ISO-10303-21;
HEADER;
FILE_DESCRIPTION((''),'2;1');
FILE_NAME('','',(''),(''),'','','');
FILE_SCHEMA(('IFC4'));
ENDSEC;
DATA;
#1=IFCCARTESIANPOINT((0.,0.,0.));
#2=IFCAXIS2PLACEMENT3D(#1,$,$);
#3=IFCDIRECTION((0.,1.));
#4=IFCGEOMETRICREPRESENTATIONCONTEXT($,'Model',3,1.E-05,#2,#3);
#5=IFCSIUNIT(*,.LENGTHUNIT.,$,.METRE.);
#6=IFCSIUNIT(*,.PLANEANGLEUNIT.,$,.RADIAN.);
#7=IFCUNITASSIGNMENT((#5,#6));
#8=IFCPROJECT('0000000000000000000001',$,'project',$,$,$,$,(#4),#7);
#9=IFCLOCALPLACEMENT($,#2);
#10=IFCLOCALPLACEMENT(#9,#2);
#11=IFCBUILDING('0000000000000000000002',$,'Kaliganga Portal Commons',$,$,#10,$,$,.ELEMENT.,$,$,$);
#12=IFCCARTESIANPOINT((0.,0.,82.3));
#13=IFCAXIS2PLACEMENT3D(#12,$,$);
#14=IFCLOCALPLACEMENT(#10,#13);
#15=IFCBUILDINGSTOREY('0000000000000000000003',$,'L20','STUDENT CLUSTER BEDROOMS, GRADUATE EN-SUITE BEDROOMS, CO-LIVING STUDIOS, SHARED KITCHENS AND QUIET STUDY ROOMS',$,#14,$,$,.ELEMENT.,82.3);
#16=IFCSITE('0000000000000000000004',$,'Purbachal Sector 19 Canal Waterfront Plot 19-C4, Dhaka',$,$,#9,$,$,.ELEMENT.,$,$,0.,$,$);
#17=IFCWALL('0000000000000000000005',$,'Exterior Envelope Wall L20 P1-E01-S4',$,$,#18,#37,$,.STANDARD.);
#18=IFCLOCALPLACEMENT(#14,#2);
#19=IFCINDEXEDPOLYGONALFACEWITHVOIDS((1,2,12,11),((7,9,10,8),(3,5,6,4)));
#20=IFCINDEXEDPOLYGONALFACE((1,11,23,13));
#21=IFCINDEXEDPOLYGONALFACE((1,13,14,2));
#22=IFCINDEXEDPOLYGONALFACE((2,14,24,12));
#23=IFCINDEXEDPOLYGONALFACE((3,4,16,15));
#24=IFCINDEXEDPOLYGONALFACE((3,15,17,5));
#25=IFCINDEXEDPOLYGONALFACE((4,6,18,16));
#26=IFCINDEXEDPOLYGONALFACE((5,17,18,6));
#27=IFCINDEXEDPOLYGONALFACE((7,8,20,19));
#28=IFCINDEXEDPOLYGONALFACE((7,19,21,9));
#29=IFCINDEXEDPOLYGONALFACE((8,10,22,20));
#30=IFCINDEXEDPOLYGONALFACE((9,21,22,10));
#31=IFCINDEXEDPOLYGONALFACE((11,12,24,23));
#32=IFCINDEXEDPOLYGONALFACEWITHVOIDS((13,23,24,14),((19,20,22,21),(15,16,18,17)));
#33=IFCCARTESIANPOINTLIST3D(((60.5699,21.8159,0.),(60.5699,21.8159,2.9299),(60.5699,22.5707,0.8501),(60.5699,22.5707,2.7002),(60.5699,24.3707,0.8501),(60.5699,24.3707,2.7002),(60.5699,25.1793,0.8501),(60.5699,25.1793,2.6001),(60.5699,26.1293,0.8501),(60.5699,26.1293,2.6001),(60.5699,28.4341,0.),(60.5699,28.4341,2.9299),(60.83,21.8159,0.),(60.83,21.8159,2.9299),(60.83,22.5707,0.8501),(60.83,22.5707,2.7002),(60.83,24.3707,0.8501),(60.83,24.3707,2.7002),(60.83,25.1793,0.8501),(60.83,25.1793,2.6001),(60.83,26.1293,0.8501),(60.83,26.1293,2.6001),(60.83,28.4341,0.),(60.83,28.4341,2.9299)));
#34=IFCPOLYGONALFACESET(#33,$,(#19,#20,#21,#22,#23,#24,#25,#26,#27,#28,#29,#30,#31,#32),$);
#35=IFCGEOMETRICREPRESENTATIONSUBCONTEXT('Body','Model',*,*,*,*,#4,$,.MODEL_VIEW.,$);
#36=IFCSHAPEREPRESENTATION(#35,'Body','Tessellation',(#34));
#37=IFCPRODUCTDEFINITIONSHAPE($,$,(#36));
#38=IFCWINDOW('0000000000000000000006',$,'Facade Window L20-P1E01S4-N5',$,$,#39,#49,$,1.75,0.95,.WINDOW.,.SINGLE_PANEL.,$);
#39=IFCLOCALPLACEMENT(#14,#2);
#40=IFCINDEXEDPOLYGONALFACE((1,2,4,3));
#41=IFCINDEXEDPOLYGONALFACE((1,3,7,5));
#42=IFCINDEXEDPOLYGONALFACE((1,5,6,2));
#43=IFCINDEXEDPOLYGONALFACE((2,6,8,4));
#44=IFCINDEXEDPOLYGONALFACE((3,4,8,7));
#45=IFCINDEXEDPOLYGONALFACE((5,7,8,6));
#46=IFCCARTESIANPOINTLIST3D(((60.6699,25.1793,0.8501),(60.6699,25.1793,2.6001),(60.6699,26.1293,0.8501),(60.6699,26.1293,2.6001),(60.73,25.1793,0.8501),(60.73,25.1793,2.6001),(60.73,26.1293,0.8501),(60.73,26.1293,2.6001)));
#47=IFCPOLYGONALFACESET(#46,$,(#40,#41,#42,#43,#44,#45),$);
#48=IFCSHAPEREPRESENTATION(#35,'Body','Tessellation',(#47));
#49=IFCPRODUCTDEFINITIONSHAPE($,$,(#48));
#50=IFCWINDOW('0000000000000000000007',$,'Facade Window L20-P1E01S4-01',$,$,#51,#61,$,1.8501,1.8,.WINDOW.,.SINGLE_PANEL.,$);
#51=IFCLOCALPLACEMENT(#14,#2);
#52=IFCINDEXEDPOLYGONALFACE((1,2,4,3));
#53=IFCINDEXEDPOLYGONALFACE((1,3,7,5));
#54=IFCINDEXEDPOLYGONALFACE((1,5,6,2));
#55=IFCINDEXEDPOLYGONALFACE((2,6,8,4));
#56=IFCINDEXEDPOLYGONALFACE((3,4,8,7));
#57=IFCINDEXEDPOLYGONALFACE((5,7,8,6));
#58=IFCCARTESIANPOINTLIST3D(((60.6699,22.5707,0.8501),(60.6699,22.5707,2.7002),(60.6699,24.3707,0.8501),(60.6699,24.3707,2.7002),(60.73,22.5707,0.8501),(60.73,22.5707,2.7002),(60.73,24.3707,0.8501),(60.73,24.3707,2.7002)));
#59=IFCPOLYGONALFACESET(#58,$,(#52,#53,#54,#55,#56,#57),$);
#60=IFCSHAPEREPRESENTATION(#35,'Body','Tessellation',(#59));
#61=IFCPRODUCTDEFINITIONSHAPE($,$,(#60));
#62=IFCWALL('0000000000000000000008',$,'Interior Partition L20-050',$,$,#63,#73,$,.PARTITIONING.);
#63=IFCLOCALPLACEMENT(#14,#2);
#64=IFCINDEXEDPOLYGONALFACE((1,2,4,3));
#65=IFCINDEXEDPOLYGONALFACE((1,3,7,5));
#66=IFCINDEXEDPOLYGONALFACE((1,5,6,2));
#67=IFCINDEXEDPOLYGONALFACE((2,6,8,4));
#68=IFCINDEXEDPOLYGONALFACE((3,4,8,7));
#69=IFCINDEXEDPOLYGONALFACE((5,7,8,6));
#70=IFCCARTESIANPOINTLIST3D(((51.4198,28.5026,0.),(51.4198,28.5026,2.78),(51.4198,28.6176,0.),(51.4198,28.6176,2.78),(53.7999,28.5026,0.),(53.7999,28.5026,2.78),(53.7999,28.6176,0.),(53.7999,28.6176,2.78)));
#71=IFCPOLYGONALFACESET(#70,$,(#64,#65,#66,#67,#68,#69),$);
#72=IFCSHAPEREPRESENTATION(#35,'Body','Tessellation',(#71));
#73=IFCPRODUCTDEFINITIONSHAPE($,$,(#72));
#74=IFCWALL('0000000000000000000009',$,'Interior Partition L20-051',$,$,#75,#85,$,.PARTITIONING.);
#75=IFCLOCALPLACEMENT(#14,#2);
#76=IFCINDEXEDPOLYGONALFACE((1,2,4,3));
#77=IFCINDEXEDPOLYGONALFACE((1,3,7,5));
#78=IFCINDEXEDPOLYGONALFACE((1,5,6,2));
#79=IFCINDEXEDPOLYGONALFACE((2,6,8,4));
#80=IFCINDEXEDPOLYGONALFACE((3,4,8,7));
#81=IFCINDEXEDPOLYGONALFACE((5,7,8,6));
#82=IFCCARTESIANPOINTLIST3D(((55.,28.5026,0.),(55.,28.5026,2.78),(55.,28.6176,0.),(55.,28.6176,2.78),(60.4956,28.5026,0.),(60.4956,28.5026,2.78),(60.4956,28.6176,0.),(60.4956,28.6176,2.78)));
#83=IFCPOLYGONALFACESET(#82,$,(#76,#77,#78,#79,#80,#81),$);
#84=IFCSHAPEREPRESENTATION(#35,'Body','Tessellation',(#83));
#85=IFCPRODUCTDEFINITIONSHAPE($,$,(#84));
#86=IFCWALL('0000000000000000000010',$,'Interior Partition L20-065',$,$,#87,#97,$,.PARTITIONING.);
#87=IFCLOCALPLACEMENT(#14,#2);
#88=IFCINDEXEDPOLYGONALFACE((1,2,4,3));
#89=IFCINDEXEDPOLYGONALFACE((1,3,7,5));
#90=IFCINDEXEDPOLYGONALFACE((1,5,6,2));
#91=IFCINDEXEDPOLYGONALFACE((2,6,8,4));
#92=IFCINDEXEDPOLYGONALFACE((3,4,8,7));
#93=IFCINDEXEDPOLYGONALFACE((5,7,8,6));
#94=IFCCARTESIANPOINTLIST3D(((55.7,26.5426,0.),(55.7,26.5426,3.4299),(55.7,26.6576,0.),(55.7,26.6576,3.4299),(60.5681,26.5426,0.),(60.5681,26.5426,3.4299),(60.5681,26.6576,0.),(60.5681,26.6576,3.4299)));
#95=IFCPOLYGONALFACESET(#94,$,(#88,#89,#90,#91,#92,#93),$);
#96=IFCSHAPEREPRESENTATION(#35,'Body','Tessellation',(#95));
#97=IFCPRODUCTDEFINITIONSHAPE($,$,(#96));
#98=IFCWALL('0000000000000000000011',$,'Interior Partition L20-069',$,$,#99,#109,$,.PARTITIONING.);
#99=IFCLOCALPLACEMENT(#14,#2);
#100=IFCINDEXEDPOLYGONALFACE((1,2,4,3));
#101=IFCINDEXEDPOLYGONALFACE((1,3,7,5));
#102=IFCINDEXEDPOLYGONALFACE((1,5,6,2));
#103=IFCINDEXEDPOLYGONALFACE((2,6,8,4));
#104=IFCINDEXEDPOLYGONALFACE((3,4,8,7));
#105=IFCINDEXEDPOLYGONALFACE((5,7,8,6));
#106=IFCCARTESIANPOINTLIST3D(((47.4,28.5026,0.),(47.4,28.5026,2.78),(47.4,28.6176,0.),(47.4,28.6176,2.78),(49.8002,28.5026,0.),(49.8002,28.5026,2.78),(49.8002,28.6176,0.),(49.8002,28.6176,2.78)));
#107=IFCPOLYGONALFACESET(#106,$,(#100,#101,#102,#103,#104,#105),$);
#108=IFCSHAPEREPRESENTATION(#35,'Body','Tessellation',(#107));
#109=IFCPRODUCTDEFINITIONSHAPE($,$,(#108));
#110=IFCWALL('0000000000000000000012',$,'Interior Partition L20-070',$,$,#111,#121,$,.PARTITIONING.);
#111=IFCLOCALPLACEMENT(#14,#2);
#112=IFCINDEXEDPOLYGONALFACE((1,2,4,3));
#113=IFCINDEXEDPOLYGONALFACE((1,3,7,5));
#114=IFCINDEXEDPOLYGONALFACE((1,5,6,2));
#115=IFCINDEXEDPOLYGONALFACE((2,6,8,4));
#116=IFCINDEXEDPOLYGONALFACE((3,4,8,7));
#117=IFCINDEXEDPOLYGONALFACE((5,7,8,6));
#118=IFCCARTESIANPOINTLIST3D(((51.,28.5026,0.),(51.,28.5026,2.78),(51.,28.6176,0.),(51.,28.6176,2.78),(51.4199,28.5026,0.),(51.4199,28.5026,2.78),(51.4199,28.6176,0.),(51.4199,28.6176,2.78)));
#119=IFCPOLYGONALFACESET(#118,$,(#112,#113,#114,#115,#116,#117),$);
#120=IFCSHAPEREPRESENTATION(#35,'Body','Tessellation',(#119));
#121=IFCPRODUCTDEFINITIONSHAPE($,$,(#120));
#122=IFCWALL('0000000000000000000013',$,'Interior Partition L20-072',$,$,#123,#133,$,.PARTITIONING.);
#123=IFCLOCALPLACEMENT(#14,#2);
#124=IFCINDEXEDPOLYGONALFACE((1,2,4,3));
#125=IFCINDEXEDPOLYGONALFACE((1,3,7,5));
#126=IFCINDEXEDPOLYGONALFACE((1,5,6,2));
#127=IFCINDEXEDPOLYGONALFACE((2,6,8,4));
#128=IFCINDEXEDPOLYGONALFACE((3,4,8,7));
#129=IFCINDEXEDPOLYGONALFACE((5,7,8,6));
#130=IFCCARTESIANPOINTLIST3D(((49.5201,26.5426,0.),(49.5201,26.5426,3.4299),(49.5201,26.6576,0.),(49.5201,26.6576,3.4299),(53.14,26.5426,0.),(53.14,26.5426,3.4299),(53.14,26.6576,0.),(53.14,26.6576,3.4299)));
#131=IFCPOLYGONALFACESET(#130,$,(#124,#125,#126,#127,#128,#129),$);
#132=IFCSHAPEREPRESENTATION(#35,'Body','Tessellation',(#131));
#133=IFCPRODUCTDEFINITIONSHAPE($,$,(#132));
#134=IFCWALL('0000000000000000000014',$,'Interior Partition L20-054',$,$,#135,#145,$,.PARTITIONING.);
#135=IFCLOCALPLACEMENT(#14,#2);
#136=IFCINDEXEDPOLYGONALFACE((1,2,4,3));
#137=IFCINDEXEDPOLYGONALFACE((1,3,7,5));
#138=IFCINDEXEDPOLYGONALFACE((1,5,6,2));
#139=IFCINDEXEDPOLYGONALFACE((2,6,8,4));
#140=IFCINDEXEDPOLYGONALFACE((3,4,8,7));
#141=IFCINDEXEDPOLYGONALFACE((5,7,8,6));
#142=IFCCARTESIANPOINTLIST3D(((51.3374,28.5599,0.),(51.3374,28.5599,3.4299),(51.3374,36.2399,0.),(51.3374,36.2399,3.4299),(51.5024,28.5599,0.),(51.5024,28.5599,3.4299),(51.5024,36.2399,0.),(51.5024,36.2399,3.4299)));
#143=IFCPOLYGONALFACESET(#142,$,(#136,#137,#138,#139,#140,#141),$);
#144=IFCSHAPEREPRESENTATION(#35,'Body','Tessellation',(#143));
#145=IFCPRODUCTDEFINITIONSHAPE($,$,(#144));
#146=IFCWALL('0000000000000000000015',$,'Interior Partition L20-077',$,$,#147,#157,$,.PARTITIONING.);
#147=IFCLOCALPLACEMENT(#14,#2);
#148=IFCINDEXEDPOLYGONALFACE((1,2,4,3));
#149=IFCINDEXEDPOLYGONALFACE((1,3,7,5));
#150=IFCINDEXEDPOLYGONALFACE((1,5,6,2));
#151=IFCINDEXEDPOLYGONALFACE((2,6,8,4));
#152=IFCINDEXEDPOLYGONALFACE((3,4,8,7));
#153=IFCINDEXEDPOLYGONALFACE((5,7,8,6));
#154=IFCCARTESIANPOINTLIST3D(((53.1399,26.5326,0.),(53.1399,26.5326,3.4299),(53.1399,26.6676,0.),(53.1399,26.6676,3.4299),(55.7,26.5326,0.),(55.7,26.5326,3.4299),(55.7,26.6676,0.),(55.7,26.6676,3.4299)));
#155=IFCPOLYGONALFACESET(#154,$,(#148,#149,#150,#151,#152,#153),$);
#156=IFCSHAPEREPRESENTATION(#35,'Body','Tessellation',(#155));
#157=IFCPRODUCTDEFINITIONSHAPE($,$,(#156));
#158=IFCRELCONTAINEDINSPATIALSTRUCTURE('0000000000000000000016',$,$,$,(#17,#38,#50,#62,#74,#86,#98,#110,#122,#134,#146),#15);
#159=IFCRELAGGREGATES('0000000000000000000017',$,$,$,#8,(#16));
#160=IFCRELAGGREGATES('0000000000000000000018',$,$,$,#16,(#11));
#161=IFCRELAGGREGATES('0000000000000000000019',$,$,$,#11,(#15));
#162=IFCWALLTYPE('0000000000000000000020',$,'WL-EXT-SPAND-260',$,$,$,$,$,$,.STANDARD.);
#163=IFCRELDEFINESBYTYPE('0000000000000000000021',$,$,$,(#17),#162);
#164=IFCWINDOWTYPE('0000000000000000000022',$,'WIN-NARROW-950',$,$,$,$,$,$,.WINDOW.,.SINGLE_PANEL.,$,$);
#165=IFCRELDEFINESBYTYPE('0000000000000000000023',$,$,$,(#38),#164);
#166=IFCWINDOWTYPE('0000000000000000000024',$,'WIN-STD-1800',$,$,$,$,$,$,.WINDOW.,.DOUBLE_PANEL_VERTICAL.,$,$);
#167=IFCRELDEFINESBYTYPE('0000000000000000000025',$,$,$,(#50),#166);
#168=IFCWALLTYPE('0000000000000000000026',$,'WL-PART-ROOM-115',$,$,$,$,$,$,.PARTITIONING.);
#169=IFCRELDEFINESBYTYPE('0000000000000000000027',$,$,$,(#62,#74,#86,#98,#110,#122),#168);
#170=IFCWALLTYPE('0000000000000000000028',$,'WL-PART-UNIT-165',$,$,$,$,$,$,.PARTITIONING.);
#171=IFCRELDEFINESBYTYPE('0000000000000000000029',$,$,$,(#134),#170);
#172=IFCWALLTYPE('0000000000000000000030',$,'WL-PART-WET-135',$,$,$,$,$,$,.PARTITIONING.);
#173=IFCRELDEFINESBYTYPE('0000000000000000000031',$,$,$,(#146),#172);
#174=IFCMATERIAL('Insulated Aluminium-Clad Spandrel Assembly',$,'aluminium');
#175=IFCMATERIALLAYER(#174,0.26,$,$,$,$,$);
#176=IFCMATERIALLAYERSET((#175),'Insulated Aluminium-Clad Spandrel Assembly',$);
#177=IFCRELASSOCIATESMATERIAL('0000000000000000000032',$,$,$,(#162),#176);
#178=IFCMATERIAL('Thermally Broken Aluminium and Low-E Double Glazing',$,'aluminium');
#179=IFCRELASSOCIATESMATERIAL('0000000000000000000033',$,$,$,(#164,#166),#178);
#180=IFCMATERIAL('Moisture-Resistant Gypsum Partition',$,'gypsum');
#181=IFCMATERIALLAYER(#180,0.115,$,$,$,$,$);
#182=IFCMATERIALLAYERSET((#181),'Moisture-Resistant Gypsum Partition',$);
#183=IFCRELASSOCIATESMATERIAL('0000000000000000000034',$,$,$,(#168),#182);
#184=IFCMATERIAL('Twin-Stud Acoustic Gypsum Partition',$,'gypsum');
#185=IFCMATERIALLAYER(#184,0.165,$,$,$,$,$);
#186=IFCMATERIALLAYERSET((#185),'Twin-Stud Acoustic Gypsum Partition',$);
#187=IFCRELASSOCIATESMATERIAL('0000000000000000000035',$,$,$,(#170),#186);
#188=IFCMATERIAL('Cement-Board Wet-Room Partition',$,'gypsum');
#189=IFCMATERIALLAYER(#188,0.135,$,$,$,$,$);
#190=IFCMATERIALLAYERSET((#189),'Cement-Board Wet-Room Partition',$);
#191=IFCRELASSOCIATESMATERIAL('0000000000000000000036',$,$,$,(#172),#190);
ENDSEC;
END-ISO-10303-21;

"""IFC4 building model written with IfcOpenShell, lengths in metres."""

from ifc_helpers import new_model, si_unit, direction, frame, frame_2d, origin, place, context, subcontext, project, spatial, rectangle, extrude, material, layer, layer_set, type_object, element, fill, save


model = new_model("IFC4")

# Units and contexts
model_context = context("Model", 3, precision=1e-05, world=origin(), true_north=direction((0.0, 1.0)))
body_context = subcontext(model_context, "Body", "Model", "MODEL_VIEW")
ifc_project = project(units=[si_unit("LENGTHUNIT", "METRE"), si_unit("PLANEANGLEUNIT", "RADIAN")], contexts=[model_context])

# Site, building, storey
site_placement = place(None, origin())
site = spatial("IfcSite", under=ifc_project, at=site_placement, Name="Purbachal Sector 19 Canal Waterfront Plot 19-C4, Dhaka", CompositionType="ELEMENT", RefElevation=0.0)
building_placement = place(site_placement, origin())
building = spatial("IfcBuilding", under=site, at=building_placement, Name="Kaliganga Portal Commons", CompositionType="ELEMENT")
storey_placement = place(building_placement, frame((0.0, 0.0, 82.3)))
storey = spatial("IfcBuildingStorey", under=building, at=storey_placement, Name="L20", Description="STUDENT CLUSTER BEDROOMS, GRADUATE EN-SUITE BEDROOMS, CO-LIVING STUDIOS, SHARED KITCHENS AND QUIET STUDY ROOMS", CompositionType="ELEMENT", Elevation=82.3)

# Wall, openings, windows
ifc_material_1 = material(Name="Insulated Aluminium-Clad Spandrel Assembly", Category="aluminium")
ifc_layer_1 = layer(ifc_material_1, 0.26)
ifc_layer_set_1 = layer_set([ifc_layer_1], Name="Insulated Aluminium-Clad Spandrel Assembly")
wall_type_1 = type_object("IfcWallType", Name="WL-EXT-SPAND-260", PredefinedType="STANDARD", material=ifc_layer_set_1)
wall_1_placement = place(storey_placement, frame((60.7, 28.4341, 0.0), z_axis=(0.0, 0.0, 1.0), x_axis=(0.0, -1.0, 0.0)))
wall_1 = element("IfcWall", 1, at=wall_1_placement, inside=storey, type_object=wall_type_1, Name="Exterior Envelope Wall L20 P1-E01-S4", PredefinedType="STANDARD", context=body_context, shape_type="SweptSolid", body=[
    extrude(rectangle(XDim=6.6182, YDim=0.26, at=frame_2d((3.3091, 0.0))), origin(), (0.0, 0.0, 1.0), 2.9299),
])
opening_1_placement = place(wall_1_placement, frame((4.0635, 0.0, 0.8501)))
opening_1 = element("IfcOpeningElement", 2, at=opening_1_placement, cuts=wall_1, PredefinedType="OPENING", context=body_context, shape_type="SweptSolid", body=[
    extrude(rectangle(XDim=1.8, YDim=1.8501, at=frame_2d((0.8999, 0.925))), frame((0.0, 0.1401, 0.0), z_axis=(0.0, -1.0, 0.0), x_axis=(1.0, 0.0, 0.0)), (0.0, 0.0, 1.0), 0.28),
])
opening_2_placement = place(wall_1_placement, frame((2.3047, 0.0, 0.8501)))
opening_2 = element("IfcOpeningElement", 3, at=opening_2_placement, cuts=wall_1, PredefinedType="OPENING", context=body_context, shape_type="SweptSolid", body=[
    extrude(rectangle(XDim=0.95, YDim=1.75, at=frame_2d((0.4751, 0.875))), frame((0.0, 0.1401, 0.0), z_axis=(0.0, -1.0, 0.0), x_axis=(1.0, 0.0, 0.0)), (0.0, 0.0, 1.0), 0.28),
])
ifc_material_2 = material(Name="Thermally Broken Aluminium and Low-E Double Glazing", Category="aluminium")
window_type_1 = type_object("IfcWindowType", Name="WIN-NARROW-950", PartitioningType="SINGLE_PANEL", PredefinedType="WINDOW", material=ifc_material_2)
window_1_placement = place(opening_2_placement, origin())
window_1 = element("IfcWindow", 4, at=window_1_placement, inside=storey, type_object=window_type_1, Name="Facade Window L20-P1E01S4-N5", OverallHeight=1.75, OverallWidth=0.95, PartitioningType="SINGLE_PANEL", PredefinedType="WINDOW", context=body_context, shape_type="SweptSolid", body=[
    extrude(rectangle(XDim=0.95, YDim=1.75, at=frame_2d((0.4751, 0.875))), frame((0.0, 0.03, 0.0), z_axis=(0.0, -1.0, 0.0), x_axis=(1.0, 0.0, 0.0)), (0.0, 0.0, 1.0), 0.0601),
])
fill(opening_2, window_1)
window_type_2 = type_object("IfcWindowType", Name="WIN-STD-1800", PartitioningType="DOUBLE_PANEL_VERTICAL", PredefinedType="WINDOW", material=ifc_material_2)
window_2_placement = place(opening_1_placement, origin())
window_2 = element("IfcWindow", 5, at=window_2_placement, inside=storey, type_object=window_type_2, Name="Facade Window L20-P1E01S4-01", OverallHeight=1.8501, OverallWidth=1.8, PartitioningType="SINGLE_PANEL", PredefinedType="WINDOW", context=body_context, shape_type="SweptSolid", body=[
    extrude(rectangle(XDim=1.8, YDim=1.8501, at=frame_2d((0.8999, 0.925))), frame((0.0, 0.03, 0.0), z_axis=(0.0, -1.0, 0.0), x_axis=(1.0, 0.0, 0.0)), (0.0, 0.0, 1.0), 0.0601),
])
fill(opening_1, window_2)

# Walls
ifc_material_3 = material(Name="Moisture-Resistant Gypsum Partition", Category="gypsum")
ifc_layer_2 = layer(ifc_material_3, 0.115)
ifc_layer_set_2 = layer_set([ifc_layer_2], Name="Moisture-Resistant Gypsum Partition")
wall_type_2 = type_object("IfcWallType", Name="WL-PART-ROOM-115", PredefinedType="PARTITIONING", material=ifc_layer_set_2)
wall_2_placement = place(storey_placement, frame((51.4199, 28.5601, 0.0), z_axis=(0.0, 0.0, 1.0), x_axis=(1.0, 0.0, 0.0)))
element("IfcWall", 6, at=wall_2_placement, inside=storey, type_object=wall_type_2, Name="Interior Partition L20-050", PredefinedType="PARTITIONING", context=body_context, shape_type="SweptSolid", body=[
    extrude(rectangle(XDim=2.3801, YDim=0.115, at=frame_2d((1.1899, 0.0))), origin(), (0.0, 0.0, 1.0), 2.78),
])
wall_3_placement = place(storey_placement, frame((55.0, 28.5601, 0.0), z_axis=(0.0, 0.0, 1.0), x_axis=(1.0, 0.0, 0.0)))
element("IfcWall", 7, at=wall_3_placement, inside=storey, type_object=wall_type_2, Name="Interior Partition L20-051", PredefinedType="PARTITIONING", context=body_context, shape_type="SweptSolid", body=[
    extrude(rectangle(XDim=5.4956, YDim=0.115, at=frame_2d((2.7478, 0.0))), origin(), (0.0, 0.0, 1.0), 2.78),
])
wall_4_placement = place(storey_placement, frame((55.7, 26.6001, 0.0), z_axis=(0.0, 0.0, 1.0), x_axis=(1.0, 0.0, 0.0)))
element("IfcWall", 8, at=wall_4_placement, inside=storey, type_object=wall_type_2, Name="Interior Partition L20-065", PredefinedType="PARTITIONING", context=body_context, shape_type="SweptSolid", body=[
    extrude(rectangle(XDim=4.8682, YDim=0.115, at=frame_2d((2.4341, 0.0))), origin(), (0.0, 0.0, 1.0), 3.4299),
])
wall_5_placement = place(storey_placement, frame((47.3999, 28.5601, 0.0), z_axis=(0.0, 0.0, 1.0), x_axis=(1.0, 0.0, 0.0)))
element("IfcWall", 9, at=wall_5_placement, inside=storey, type_object=wall_type_2, Name="Interior Partition L20-069", PredefinedType="PARTITIONING", context=body_context, shape_type="SweptSolid", body=[
    extrude(rectangle(XDim=2.4001, YDim=0.115, at=frame_2d((1.2002, 0.0))), origin(), (0.0, 0.0, 1.0), 2.78),
])
wall_6_placement = place(storey_placement, frame((51.0, 28.5601, 0.0), z_axis=(0.0, 0.0, 1.0), x_axis=(1.0, 0.0, 0.0)))
element("IfcWall", 10, at=wall_6_placement, inside=storey, type_object=wall_type_2, Name="Interior Partition L20-070", PredefinedType="PARTITIONING", context=body_context, shape_type="SweptSolid", body=[
    extrude(rectangle(XDim=0.4199, YDim=0.115, at=frame_2d((0.21, 0.0))), origin(), (0.0, 0.0, 1.0), 2.78),
])
wall_7_placement = place(storey_placement, frame((49.52, 26.6001, 0.0), z_axis=(0.0, 0.0, 1.0), x_axis=(1.0, 0.0, 0.0)))
element("IfcWall", 11, at=wall_7_placement, inside=storey, type_object=wall_type_2, Name="Interior Partition L20-072", PredefinedType="PARTITIONING", context=body_context, shape_type="SweptSolid", body=[
    extrude(rectangle(XDim=3.6199, YDim=0.115, at=frame_2d((1.8101, 0.0))), origin(), (0.0, 0.0, 1.0), 3.4299),
])
ifc_material_4 = material(Name="Twin-Stud Acoustic Gypsum Partition", Category="gypsum")
ifc_layer_3 = layer(ifc_material_4, 0.165)
ifc_layer_set_3 = layer_set([ifc_layer_3], Name="Twin-Stud Acoustic Gypsum Partition")
wall_type_3 = type_object("IfcWallType", Name="WL-PART-UNIT-165", PredefinedType="PARTITIONING", material=ifc_layer_set_3)
wall_8_placement = place(storey_placement, frame((51.4199, 28.5601, 0.0), z_axis=(0.0, 0.0, 1.0), x_axis=(0.0, 1.0, 0.0)))
element("IfcWall", 12, at=wall_8_placement, inside=storey, type_object=wall_type_3, Name="Interior Partition L20-054", PredefinedType="PARTITIONING", context=body_context, shape_type="SweptSolid", body=[
    extrude(rectangle(XDim=7.6799, YDim=0.165, at=frame_2d((3.8398, 0.0))), origin(), (0.0, 0.0, 1.0), 3.4299),
])
ifc_material_5 = material(Name="Cement-Board Wet-Room Partition", Category="gypsum")
ifc_layer_4 = layer(ifc_material_5, 0.135)
ifc_layer_set_4 = layer_set([ifc_layer_4], Name="Cement-Board Wet-Room Partition")
wall_type_4 = type_object("IfcWallType", Name="WL-PART-WET-135", PredefinedType="PARTITIONING", material=ifc_layer_set_4)
wall_9_placement = place(storey_placement, frame((53.1399, 26.6001, 0.0), z_axis=(0.0, 0.0, 1.0), x_axis=(1.0, 0.0, 0.0)))
element("IfcWall", 13, at=wall_9_placement, inside=storey, type_object=wall_type_4, Name="Interior Partition L20-077", PredefinedType="PARTITIONING", context=body_context, shape_type="SweptSolid", body=[
    extrude(rectangle(XDim=2.5601, YDim=0.135, at=frame_2d((1.28, 0.0))), origin(), (0.0, 0.0, 1.0), 3.4299),
])

save(model, "model.ifc")
